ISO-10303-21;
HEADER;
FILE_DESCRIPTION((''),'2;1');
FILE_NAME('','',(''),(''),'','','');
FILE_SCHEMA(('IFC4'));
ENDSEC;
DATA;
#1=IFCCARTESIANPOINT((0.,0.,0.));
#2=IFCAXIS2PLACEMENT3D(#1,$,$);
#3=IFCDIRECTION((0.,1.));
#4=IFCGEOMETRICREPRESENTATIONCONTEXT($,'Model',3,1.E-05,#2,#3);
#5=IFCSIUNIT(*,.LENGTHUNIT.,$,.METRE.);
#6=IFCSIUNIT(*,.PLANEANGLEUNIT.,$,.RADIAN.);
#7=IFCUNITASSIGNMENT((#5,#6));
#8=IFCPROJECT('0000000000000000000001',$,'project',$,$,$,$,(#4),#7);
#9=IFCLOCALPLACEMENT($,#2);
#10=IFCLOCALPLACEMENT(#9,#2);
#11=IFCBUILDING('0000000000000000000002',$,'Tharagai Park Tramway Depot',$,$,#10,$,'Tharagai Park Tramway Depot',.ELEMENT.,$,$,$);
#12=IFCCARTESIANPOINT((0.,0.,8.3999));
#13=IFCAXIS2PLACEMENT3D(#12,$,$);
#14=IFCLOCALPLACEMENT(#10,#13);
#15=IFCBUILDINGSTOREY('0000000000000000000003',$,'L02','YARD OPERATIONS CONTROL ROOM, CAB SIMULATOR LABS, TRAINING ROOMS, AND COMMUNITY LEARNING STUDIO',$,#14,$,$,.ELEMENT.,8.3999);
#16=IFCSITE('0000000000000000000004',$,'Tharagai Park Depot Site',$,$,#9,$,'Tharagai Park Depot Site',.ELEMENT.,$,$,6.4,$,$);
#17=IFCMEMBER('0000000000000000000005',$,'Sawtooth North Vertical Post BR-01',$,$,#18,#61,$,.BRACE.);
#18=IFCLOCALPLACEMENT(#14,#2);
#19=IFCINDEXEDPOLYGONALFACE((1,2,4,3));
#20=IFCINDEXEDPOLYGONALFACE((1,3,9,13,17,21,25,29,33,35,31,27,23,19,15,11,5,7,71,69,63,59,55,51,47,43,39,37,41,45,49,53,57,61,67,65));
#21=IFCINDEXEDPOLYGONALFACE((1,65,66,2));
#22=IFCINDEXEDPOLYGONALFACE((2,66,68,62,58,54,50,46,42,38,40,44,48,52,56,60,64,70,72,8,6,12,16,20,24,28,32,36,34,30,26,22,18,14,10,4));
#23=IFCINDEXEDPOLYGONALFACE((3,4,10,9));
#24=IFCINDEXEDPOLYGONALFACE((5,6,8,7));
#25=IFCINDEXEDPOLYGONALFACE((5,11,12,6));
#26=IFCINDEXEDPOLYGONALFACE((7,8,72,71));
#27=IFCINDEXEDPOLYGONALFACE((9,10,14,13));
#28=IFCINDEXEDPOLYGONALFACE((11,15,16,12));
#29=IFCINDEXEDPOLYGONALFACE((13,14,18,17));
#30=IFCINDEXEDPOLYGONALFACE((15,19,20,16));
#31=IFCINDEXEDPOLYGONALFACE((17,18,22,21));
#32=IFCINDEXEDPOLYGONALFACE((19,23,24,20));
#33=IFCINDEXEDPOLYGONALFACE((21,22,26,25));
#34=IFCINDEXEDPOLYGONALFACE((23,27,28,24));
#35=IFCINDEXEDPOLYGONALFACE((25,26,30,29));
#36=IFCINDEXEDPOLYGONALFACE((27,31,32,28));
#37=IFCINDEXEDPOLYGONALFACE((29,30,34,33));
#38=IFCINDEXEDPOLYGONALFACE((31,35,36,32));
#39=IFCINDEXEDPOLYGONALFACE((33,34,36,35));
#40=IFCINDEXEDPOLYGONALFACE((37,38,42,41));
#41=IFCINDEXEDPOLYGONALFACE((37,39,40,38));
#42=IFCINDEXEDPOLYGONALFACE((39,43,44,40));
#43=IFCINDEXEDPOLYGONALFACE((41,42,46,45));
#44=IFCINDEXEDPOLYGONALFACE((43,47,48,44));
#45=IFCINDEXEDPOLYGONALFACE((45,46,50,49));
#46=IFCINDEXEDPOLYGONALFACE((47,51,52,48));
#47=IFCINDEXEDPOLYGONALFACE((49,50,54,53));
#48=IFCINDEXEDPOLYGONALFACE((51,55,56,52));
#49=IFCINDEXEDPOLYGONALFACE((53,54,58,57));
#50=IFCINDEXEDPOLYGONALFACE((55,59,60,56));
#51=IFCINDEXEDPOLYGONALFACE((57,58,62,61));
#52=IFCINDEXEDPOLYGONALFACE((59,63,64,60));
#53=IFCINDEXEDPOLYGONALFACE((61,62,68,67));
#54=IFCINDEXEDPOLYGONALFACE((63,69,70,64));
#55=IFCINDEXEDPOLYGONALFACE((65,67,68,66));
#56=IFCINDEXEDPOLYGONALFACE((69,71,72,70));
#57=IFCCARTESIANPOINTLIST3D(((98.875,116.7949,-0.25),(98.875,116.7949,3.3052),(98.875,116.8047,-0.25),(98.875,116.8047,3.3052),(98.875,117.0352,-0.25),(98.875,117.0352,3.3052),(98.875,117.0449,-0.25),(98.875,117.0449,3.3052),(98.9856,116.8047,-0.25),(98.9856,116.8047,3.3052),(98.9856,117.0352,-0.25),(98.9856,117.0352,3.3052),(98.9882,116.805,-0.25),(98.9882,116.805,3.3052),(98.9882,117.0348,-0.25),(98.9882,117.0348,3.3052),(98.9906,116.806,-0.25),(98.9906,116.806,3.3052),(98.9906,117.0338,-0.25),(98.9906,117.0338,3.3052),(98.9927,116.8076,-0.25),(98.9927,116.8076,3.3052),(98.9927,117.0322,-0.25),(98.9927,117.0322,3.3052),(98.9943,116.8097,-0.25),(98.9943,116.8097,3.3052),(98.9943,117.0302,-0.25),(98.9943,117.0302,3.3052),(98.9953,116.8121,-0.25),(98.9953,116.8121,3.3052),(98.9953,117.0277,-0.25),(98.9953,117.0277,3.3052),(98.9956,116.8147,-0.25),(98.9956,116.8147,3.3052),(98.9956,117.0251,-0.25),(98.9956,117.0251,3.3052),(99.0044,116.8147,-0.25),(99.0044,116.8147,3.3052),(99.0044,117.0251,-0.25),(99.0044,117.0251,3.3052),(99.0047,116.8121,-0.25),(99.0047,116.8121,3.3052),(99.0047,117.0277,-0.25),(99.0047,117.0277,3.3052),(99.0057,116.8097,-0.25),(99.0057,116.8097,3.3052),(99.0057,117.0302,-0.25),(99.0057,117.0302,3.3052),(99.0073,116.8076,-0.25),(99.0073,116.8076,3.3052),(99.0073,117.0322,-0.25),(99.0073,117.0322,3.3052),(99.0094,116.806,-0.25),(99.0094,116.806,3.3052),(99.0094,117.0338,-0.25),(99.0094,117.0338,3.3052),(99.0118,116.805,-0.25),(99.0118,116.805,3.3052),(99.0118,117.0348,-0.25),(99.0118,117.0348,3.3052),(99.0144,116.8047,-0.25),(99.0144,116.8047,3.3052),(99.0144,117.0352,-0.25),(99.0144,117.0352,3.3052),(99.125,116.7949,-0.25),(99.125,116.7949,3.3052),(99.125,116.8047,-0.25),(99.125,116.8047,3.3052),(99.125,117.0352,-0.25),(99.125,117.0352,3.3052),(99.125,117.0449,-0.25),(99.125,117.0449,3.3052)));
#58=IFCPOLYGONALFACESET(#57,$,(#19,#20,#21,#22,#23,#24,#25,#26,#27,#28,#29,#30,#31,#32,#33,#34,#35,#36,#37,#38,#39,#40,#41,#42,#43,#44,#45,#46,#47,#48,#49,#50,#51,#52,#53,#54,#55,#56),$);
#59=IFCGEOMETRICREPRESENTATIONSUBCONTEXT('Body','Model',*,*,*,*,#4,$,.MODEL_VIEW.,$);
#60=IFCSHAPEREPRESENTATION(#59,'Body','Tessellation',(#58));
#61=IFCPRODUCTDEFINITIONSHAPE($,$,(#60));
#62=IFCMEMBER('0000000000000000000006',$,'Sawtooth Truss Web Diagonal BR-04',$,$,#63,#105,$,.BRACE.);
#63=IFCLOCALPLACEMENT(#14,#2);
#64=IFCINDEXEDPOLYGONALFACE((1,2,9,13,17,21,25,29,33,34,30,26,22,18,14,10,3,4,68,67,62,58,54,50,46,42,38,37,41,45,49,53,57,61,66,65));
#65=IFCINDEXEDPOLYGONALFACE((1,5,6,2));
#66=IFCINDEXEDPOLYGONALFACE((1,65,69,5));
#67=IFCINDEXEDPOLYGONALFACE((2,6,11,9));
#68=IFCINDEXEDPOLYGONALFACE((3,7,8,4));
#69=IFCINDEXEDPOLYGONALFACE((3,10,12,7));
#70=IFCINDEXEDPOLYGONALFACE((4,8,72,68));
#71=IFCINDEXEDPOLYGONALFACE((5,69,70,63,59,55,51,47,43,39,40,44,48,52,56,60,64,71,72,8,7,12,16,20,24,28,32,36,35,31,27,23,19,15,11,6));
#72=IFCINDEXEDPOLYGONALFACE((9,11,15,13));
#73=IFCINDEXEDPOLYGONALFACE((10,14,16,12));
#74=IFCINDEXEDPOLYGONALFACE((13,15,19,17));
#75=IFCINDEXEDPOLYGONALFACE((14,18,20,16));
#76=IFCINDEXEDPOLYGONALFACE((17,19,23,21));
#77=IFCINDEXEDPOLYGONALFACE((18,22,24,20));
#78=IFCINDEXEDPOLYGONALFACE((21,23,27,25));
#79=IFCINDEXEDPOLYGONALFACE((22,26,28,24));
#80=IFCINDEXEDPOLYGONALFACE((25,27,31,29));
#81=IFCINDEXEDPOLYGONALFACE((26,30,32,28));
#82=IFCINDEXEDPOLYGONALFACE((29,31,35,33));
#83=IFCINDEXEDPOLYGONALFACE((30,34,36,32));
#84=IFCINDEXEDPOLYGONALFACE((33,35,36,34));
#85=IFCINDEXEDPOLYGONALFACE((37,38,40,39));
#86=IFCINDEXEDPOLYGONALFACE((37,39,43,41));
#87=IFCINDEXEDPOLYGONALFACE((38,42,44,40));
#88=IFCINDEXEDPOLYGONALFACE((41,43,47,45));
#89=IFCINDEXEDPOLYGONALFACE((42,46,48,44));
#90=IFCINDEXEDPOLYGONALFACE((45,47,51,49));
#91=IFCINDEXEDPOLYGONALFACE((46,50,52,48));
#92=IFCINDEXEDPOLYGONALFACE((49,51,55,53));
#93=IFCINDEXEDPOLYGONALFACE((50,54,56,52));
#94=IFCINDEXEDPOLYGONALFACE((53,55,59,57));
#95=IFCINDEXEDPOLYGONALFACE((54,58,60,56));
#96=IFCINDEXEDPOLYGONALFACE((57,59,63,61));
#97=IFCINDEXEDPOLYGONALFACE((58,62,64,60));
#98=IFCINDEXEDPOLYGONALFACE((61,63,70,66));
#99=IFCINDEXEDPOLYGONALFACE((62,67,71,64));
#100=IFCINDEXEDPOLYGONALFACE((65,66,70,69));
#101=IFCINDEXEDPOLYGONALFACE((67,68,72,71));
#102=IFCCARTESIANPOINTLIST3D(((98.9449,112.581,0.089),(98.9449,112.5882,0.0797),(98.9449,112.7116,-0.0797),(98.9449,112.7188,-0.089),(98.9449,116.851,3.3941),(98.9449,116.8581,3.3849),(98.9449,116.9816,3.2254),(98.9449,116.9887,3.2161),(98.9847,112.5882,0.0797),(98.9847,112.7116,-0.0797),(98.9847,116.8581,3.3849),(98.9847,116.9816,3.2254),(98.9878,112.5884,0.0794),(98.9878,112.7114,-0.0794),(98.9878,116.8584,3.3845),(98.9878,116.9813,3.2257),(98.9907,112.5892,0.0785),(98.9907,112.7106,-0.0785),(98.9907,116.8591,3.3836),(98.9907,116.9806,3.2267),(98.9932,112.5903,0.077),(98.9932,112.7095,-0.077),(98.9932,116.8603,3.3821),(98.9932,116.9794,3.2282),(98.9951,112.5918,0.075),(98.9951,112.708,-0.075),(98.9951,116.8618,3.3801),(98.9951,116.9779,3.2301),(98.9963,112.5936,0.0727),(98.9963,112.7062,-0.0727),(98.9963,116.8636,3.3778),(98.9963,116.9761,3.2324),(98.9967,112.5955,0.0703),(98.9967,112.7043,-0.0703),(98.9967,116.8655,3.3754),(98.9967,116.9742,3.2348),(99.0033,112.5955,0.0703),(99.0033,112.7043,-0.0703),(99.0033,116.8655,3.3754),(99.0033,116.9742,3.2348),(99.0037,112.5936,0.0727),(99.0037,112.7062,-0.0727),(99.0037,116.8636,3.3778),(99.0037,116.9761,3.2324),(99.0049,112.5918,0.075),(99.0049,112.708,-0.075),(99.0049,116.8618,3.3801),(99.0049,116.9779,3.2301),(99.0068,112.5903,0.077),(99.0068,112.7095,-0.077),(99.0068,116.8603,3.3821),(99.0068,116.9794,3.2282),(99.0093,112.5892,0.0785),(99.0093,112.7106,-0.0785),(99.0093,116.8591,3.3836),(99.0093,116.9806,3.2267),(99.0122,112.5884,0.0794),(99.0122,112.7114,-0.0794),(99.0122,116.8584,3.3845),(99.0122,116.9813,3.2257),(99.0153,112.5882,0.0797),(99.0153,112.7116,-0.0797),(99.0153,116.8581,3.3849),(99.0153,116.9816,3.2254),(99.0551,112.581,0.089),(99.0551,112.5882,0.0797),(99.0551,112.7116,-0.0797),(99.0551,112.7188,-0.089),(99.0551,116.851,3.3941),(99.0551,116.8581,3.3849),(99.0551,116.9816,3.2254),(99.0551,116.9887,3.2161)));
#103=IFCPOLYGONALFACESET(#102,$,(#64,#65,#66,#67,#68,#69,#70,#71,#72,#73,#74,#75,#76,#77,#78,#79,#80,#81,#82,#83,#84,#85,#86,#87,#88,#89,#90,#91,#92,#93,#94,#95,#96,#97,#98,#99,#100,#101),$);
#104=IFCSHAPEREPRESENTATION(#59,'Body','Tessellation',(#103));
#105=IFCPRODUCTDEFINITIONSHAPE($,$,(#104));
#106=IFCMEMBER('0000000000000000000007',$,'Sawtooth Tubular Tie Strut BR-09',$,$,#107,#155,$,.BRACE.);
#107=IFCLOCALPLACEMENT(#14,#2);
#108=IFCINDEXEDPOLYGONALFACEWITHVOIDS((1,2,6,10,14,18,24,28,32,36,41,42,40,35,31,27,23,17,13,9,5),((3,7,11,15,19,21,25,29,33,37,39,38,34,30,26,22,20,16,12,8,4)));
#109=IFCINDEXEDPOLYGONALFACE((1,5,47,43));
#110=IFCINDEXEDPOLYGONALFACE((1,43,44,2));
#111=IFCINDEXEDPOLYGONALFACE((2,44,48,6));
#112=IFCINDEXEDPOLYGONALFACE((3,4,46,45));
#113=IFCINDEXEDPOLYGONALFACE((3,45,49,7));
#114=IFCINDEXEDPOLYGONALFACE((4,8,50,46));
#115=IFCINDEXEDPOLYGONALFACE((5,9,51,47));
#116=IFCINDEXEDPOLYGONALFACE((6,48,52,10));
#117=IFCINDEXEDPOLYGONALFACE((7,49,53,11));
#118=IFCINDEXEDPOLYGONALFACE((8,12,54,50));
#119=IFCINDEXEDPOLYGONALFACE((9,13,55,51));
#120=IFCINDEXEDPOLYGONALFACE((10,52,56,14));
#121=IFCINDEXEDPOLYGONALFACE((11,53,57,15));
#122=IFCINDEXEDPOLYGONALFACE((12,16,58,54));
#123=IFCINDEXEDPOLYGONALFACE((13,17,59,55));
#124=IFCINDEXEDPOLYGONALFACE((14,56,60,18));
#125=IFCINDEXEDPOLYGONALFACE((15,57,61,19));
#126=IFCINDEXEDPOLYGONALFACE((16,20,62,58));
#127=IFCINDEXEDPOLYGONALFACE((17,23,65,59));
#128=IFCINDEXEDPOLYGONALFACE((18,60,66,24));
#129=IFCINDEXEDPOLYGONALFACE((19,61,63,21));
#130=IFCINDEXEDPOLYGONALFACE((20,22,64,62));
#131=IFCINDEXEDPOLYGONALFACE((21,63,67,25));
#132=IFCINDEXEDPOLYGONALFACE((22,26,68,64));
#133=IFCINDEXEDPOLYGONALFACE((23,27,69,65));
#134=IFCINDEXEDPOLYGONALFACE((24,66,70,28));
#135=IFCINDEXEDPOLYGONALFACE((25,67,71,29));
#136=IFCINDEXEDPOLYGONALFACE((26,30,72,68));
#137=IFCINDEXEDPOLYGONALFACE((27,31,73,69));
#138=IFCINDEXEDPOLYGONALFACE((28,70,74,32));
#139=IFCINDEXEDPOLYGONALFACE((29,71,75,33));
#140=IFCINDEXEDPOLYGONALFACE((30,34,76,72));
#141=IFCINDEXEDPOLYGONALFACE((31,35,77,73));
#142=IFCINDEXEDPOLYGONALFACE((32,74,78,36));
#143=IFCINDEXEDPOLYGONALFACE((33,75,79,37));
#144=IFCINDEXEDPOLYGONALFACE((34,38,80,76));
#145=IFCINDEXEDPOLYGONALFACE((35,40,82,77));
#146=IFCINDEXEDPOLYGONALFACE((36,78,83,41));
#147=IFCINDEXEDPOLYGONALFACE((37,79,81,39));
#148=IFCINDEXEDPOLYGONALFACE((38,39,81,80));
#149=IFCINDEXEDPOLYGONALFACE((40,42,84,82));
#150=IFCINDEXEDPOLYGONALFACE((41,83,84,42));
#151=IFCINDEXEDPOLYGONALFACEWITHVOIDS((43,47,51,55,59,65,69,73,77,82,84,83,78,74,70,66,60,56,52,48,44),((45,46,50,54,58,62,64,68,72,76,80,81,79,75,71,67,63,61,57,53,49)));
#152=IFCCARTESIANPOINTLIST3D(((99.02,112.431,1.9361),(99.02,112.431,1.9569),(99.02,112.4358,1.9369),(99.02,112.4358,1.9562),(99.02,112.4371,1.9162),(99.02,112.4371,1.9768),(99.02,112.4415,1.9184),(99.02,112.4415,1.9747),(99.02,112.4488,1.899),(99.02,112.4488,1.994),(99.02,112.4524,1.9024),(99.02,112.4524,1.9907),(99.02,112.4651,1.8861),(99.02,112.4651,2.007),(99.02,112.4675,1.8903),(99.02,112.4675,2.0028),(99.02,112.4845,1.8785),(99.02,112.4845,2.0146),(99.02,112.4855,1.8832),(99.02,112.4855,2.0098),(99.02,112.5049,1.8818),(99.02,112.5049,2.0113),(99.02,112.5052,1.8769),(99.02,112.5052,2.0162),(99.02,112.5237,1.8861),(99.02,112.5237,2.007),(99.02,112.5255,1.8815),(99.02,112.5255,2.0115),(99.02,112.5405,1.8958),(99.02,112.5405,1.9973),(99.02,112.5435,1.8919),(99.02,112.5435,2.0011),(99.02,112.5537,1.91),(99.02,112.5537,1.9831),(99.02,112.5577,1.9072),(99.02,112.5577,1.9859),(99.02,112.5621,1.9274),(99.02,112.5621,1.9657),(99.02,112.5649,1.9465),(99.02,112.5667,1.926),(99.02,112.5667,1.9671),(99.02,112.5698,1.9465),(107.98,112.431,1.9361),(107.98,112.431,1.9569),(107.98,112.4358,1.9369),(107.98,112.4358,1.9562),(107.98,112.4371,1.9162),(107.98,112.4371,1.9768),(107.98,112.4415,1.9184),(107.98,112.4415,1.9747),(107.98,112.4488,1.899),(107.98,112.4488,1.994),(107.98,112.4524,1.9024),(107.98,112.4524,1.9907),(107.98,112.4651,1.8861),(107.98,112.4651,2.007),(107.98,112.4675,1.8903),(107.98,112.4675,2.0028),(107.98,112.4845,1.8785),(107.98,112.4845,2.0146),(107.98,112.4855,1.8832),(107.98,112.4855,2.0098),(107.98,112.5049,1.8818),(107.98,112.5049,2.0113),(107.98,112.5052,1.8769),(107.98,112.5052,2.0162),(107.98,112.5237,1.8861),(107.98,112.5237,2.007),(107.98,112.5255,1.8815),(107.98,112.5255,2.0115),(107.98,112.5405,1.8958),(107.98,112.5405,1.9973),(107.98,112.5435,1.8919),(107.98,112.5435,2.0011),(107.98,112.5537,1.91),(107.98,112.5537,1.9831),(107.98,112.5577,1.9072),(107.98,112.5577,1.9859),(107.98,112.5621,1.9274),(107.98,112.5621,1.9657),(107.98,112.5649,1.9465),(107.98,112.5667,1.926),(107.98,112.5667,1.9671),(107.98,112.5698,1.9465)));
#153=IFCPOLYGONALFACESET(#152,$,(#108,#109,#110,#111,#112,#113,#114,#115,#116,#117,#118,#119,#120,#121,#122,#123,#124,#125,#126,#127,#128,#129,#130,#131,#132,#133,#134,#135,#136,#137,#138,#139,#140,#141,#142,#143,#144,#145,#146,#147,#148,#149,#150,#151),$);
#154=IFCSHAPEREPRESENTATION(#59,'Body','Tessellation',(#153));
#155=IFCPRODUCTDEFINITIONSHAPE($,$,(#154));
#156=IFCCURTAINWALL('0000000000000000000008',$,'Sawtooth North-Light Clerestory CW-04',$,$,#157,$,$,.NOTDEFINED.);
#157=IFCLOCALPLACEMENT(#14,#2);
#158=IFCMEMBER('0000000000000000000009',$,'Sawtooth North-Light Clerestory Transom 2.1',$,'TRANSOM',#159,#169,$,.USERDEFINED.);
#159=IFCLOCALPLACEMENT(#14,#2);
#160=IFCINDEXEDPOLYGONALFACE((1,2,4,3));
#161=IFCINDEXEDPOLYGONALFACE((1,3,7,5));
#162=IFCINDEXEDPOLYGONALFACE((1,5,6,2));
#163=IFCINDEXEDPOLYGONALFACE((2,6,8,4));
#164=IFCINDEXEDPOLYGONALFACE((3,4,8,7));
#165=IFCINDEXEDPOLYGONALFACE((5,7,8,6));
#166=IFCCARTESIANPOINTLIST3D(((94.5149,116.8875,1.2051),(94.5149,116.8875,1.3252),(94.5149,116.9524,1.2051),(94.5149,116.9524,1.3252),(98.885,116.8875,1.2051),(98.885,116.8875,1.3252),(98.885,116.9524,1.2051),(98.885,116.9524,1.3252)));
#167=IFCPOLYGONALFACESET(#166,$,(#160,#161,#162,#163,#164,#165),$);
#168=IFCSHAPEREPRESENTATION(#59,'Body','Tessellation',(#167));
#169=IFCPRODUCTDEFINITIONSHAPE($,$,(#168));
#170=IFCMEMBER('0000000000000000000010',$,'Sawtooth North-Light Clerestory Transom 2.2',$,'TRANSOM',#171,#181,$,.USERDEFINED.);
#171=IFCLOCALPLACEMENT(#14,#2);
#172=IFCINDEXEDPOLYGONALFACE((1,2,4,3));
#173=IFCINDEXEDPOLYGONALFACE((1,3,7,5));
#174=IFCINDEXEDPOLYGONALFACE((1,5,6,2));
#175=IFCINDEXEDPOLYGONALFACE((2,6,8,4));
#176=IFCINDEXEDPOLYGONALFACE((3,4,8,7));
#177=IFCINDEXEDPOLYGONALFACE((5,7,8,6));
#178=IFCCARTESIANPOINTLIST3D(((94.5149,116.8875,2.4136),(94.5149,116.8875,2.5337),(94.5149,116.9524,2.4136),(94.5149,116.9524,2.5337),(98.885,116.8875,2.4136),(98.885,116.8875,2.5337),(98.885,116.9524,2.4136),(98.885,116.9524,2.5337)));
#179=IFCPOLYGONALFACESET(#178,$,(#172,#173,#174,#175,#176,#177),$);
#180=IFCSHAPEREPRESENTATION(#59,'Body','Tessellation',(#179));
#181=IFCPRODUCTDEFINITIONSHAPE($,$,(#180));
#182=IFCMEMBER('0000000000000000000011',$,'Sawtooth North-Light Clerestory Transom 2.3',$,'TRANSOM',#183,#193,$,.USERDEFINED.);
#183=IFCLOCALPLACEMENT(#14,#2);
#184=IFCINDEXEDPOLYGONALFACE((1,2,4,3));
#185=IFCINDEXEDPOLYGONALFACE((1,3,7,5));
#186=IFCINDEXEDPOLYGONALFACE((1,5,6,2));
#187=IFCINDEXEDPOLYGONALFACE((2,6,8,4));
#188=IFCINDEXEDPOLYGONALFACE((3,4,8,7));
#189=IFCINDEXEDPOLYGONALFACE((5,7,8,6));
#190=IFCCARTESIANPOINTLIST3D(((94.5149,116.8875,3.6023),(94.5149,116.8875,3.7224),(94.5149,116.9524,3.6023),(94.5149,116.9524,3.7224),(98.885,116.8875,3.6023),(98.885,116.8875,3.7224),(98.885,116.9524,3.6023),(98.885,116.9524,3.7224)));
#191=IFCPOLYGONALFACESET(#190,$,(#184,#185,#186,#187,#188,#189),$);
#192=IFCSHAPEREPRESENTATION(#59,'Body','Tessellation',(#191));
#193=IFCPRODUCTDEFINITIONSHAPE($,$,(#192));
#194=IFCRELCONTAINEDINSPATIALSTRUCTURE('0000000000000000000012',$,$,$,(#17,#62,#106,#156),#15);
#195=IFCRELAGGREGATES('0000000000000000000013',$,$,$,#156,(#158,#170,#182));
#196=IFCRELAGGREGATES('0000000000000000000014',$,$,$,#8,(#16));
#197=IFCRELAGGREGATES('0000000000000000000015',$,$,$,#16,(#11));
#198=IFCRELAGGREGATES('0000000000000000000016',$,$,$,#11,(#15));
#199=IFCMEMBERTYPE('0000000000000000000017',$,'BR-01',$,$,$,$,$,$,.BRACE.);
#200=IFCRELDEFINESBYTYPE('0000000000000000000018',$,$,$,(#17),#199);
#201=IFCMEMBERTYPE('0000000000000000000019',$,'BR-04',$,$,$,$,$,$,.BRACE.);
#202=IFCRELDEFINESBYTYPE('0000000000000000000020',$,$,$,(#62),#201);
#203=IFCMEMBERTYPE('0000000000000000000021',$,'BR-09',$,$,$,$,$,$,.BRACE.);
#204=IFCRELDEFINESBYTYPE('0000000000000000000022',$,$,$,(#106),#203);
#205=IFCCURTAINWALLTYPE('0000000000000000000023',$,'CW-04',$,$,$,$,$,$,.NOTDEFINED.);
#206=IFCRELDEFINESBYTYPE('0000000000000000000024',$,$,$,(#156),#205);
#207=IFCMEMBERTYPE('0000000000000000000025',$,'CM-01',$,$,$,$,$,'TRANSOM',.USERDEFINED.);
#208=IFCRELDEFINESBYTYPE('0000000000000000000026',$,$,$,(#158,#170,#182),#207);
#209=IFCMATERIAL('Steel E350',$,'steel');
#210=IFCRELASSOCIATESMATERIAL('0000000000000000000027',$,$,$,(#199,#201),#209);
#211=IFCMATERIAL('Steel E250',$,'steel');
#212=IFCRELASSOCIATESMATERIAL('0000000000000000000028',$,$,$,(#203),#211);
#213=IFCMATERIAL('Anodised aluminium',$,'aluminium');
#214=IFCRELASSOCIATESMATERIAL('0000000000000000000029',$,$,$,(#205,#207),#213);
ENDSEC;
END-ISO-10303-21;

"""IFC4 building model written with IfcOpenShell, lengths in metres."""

from ifc_helpers import new_model, si_unit, direction, frame, origin, origin_2d, place, context, subcontext, project, spatial, rectangle, hollow_circle, i_section, extrude, material, material_profile, profile_set, type_object, element, aggregate, save


model = new_model("IFC4")

# Units and contexts
model_context = context("Model", 3, precision=1e-05, world=origin(), true_north=direction((0.0, 1.0)))
body_context = subcontext(model_context, "Body", "Model", "MODEL_VIEW")
ifc_project = project(units=[si_unit("LENGTHUNIT", "METRE"), si_unit("PLANEANGLEUNIT", "RADIAN")], contexts=[model_context])

# Site, building, storey
site_placement = place(None, origin())
site = spatial("IfcSite", under=ifc_project, at=site_placement, Name="Tharagai Park Depot Site", LongName="Tharagai Park Depot Site", CompositionType="ELEMENT", RefElevation=6.4)
building_placement = place(site_placement, origin())
building = spatial("IfcBuilding", under=site, at=building_placement, Name="Tharagai Park Tramway Depot", LongName="Tharagai Park Tramway Depot", CompositionType="ELEMENT")
storey_placement = place(building_placement, frame((0.0, 0.0, 8.3999)))
storey = spatial("IfcBuildingStorey", under=building, at=storey_placement, Name="L02", Description="YARD OPERATIONS CONTROL ROOM, CAB SIMULATOR LABS, TRAINING ROOMS, AND COMMUNITY LEARNING STUDIO", CompositionType="ELEMENT", Elevation=8.3999)

# Members
ifc_material_1 = material(Name="Steel E350", Category="steel")
ifc_material_profile_1 = material_profile(ifc_material_1, i_section(OverallWidth=0.25, OverallDepth=0.25, WebThickness=0.0088, FlangeThickness=0.0098, FilletRadius=0.01, at=origin_2d()), Name="ISHB 250")
ifc_profile_set_1 = profile_set([ifc_material_profile_1], Name="Steel E350")
member_type_1 = type_object("IfcMemberType", Name="BR-01", PredefinedType="BRACE", material=ifc_profile_set_1)
member_1_placement = place(storey_placement, frame((99.0, 116.9199, -0.25), z_axis=(0.0, 0.0, 1.0), x_axis=(1.0, 0.0, 0.0)))
element("IfcMember", 1, at=member_1_placement, inside=storey, type_object=member_type_1, Name="Sawtooth North Vertical Post BR-01", PredefinedType="BRACE", context=body_context, shape_type="SweptSolid", body=[
    extrude(i_section(OverallWidth=0.25, OverallDepth=0.25, WebThickness=0.0088, FlangeThickness=0.0098, FilletRadius=0.01, at=origin_2d()), origin(), (0.0, 0.0, 1.0), 3.5552),
])
ifc_material_profile_2 = material_profile(ifc_material_1, i_section(OverallWidth=0.1101, OverallDepth=0.2251, WebThickness=0.0066, FlangeThickness=0.0117, FilletRadius=0.012, at=origin_2d()), Name="ISMB 225")
ifc_profile_set_2 = profile_set([ifc_material_profile_2], Name="Steel E350")
member_type_2 = type_object("IfcMemberType", Name="BR-04", PredefinedType="BRACE", material=ifc_profile_set_2)
member_2_placement = place(storey_placement, frame((99.0, 112.6499, 0.0), z_axis=(0.0, 0.790782, 0.612098), x_axis=(-1.0, 0.0, 0.0)))
element("IfcMember", 2, at=member_2_placement, inside=storey, type_object=member_type_2, Name="Sawtooth Truss Web Diagonal BR-04", PredefinedType="BRACE", context=body_context, shape_type="SweptSolid", body=[
    extrude(i_section(OverallWidth=0.1101, OverallDepth=0.2251, WebThickness=0.0066, FlangeThickness=0.0117, FilletRadius=0.012, at=origin_2d()), origin(), (0.0, 0.0, 1.0), 5.3997),
])
ifc_material_2 = material(Name="Steel E250", Category="steel")
ifc_material_profile_3 = material_profile(ifc_material_2, hollow_circle(Radius=0.0698, WallThickness=0.0049, at=origin_2d()), Name="CHS 139.7x5")
ifc_profile_set_3 = profile_set([ifc_material_profile_3], Name="Steel E250")
member_type_3 = type_object("IfcMemberType", Name="BR-09", PredefinedType="BRACE", material=ifc_profile_set_3)
member_3_placement = place(storey_placement, frame((99.02, 112.5, 1.9465), z_axis=(1.0, 0.0, 0.0), x_axis=(0.0, 1.0, 0.0)))
element("IfcMember", 3, at=member_3_placement, inside=storey, type_object=member_type_3, Name="Sawtooth Tubular Tie Strut BR-09", PredefinedType="BRACE", context=body_context, shape_type="SweptSolid", body=[
    extrude(hollow_circle(Radius=0.0698, WallThickness=0.0049, at=origin_2d()), origin(), (0.0, 0.0, 1.0), 8.96),
])

# Curtain wall, members
ifc_material_3 = material(Name="Anodised aluminium", Category="aluminium")
curtain_wall_type = type_object("IfcCurtainWallType", Name="CW-04", PredefinedType="NOTDEFINED", material=ifc_material_3)
curtain_wall_1_placement = place(storey_placement, origin())
curtain_wall_1 = element("IfcCurtainWall", 4, at=curtain_wall_1_placement, inside=storey, type_object=curtain_wall_type, Name="Sawtooth North-Light Clerestory CW-04", PredefinedType="NOTDEFINED")
ifc_material_profile_4 = material_profile(ifc_material_3, rectangle(XDim=0.0649, YDim=0.1201, at=origin_2d()), Name="ALU 65x120")
ifc_profile_set_4 = profile_set([ifc_material_profile_4], Name="Anodised aluminium")
member_type_4 = type_object("IfcMemberType", Name="CM-01", ElementType="TRANSOM", PredefinedType="USERDEFINED", material=ifc_profile_set_4)
member_4_placement = place(storey_placement, frame((94.5149, 116.9199, 1.2651), z_axis=(1.0, 0.0, 0.0), x_axis=(0.0, 1.0, 0.0)))
member_4 = element("IfcMember", 5, at=member_4_placement, type_object=member_type_4, Name="Sawtooth North-Light Clerestory Transom 2.1", ObjectType="TRANSOM", PredefinedType="USERDEFINED", context=body_context, shape_type="SweptSolid", body=[
    extrude(rectangle(XDim=0.0649, YDim=0.1201, at=origin_2d()), origin(), (0.0, 0.0, 1.0), 4.3701),
])
member_5_placement = place(storey_placement, frame((94.5149, 116.9199, 2.4736), z_axis=(1.0, 0.0, 0.0), x_axis=(0.0, 1.0, 0.0)))
member_5 = element("IfcMember", 6, at=member_5_placement, type_object=member_type_4, Name="Sawtooth North-Light Clerestory Transom 2.2", ObjectType="TRANSOM", PredefinedType="USERDEFINED", context=body_context, shape_type="SweptSolid", body=[
    extrude(rectangle(XDim=0.0649, YDim=0.1201, at=origin_2d()), origin(), (0.0, 0.0, 1.0), 4.3701),
])
member_6_placement = place(storey_placement, frame((94.5149, 116.9199, 3.6624), z_axis=(1.0, 0.0, 0.0), x_axis=(0.0, 1.0, 0.0)))
member_6 = element("IfcMember", 7, at=member_6_placement, type_object=member_type_4, Name="Sawtooth North-Light Clerestory Transom 2.3", ObjectType="TRANSOM", PredefinedType="USERDEFINED", context=body_context, shape_type="SweptSolid", body=[
    extrude(rectangle(XDim=0.0649, YDim=0.1201, at=origin_2d()), origin(), (0.0, 0.0, 1.0), 4.3701),
])

aggregate(curtain_wall_1, [member_4, member_5, member_6])

save(model, "model.ifc")
